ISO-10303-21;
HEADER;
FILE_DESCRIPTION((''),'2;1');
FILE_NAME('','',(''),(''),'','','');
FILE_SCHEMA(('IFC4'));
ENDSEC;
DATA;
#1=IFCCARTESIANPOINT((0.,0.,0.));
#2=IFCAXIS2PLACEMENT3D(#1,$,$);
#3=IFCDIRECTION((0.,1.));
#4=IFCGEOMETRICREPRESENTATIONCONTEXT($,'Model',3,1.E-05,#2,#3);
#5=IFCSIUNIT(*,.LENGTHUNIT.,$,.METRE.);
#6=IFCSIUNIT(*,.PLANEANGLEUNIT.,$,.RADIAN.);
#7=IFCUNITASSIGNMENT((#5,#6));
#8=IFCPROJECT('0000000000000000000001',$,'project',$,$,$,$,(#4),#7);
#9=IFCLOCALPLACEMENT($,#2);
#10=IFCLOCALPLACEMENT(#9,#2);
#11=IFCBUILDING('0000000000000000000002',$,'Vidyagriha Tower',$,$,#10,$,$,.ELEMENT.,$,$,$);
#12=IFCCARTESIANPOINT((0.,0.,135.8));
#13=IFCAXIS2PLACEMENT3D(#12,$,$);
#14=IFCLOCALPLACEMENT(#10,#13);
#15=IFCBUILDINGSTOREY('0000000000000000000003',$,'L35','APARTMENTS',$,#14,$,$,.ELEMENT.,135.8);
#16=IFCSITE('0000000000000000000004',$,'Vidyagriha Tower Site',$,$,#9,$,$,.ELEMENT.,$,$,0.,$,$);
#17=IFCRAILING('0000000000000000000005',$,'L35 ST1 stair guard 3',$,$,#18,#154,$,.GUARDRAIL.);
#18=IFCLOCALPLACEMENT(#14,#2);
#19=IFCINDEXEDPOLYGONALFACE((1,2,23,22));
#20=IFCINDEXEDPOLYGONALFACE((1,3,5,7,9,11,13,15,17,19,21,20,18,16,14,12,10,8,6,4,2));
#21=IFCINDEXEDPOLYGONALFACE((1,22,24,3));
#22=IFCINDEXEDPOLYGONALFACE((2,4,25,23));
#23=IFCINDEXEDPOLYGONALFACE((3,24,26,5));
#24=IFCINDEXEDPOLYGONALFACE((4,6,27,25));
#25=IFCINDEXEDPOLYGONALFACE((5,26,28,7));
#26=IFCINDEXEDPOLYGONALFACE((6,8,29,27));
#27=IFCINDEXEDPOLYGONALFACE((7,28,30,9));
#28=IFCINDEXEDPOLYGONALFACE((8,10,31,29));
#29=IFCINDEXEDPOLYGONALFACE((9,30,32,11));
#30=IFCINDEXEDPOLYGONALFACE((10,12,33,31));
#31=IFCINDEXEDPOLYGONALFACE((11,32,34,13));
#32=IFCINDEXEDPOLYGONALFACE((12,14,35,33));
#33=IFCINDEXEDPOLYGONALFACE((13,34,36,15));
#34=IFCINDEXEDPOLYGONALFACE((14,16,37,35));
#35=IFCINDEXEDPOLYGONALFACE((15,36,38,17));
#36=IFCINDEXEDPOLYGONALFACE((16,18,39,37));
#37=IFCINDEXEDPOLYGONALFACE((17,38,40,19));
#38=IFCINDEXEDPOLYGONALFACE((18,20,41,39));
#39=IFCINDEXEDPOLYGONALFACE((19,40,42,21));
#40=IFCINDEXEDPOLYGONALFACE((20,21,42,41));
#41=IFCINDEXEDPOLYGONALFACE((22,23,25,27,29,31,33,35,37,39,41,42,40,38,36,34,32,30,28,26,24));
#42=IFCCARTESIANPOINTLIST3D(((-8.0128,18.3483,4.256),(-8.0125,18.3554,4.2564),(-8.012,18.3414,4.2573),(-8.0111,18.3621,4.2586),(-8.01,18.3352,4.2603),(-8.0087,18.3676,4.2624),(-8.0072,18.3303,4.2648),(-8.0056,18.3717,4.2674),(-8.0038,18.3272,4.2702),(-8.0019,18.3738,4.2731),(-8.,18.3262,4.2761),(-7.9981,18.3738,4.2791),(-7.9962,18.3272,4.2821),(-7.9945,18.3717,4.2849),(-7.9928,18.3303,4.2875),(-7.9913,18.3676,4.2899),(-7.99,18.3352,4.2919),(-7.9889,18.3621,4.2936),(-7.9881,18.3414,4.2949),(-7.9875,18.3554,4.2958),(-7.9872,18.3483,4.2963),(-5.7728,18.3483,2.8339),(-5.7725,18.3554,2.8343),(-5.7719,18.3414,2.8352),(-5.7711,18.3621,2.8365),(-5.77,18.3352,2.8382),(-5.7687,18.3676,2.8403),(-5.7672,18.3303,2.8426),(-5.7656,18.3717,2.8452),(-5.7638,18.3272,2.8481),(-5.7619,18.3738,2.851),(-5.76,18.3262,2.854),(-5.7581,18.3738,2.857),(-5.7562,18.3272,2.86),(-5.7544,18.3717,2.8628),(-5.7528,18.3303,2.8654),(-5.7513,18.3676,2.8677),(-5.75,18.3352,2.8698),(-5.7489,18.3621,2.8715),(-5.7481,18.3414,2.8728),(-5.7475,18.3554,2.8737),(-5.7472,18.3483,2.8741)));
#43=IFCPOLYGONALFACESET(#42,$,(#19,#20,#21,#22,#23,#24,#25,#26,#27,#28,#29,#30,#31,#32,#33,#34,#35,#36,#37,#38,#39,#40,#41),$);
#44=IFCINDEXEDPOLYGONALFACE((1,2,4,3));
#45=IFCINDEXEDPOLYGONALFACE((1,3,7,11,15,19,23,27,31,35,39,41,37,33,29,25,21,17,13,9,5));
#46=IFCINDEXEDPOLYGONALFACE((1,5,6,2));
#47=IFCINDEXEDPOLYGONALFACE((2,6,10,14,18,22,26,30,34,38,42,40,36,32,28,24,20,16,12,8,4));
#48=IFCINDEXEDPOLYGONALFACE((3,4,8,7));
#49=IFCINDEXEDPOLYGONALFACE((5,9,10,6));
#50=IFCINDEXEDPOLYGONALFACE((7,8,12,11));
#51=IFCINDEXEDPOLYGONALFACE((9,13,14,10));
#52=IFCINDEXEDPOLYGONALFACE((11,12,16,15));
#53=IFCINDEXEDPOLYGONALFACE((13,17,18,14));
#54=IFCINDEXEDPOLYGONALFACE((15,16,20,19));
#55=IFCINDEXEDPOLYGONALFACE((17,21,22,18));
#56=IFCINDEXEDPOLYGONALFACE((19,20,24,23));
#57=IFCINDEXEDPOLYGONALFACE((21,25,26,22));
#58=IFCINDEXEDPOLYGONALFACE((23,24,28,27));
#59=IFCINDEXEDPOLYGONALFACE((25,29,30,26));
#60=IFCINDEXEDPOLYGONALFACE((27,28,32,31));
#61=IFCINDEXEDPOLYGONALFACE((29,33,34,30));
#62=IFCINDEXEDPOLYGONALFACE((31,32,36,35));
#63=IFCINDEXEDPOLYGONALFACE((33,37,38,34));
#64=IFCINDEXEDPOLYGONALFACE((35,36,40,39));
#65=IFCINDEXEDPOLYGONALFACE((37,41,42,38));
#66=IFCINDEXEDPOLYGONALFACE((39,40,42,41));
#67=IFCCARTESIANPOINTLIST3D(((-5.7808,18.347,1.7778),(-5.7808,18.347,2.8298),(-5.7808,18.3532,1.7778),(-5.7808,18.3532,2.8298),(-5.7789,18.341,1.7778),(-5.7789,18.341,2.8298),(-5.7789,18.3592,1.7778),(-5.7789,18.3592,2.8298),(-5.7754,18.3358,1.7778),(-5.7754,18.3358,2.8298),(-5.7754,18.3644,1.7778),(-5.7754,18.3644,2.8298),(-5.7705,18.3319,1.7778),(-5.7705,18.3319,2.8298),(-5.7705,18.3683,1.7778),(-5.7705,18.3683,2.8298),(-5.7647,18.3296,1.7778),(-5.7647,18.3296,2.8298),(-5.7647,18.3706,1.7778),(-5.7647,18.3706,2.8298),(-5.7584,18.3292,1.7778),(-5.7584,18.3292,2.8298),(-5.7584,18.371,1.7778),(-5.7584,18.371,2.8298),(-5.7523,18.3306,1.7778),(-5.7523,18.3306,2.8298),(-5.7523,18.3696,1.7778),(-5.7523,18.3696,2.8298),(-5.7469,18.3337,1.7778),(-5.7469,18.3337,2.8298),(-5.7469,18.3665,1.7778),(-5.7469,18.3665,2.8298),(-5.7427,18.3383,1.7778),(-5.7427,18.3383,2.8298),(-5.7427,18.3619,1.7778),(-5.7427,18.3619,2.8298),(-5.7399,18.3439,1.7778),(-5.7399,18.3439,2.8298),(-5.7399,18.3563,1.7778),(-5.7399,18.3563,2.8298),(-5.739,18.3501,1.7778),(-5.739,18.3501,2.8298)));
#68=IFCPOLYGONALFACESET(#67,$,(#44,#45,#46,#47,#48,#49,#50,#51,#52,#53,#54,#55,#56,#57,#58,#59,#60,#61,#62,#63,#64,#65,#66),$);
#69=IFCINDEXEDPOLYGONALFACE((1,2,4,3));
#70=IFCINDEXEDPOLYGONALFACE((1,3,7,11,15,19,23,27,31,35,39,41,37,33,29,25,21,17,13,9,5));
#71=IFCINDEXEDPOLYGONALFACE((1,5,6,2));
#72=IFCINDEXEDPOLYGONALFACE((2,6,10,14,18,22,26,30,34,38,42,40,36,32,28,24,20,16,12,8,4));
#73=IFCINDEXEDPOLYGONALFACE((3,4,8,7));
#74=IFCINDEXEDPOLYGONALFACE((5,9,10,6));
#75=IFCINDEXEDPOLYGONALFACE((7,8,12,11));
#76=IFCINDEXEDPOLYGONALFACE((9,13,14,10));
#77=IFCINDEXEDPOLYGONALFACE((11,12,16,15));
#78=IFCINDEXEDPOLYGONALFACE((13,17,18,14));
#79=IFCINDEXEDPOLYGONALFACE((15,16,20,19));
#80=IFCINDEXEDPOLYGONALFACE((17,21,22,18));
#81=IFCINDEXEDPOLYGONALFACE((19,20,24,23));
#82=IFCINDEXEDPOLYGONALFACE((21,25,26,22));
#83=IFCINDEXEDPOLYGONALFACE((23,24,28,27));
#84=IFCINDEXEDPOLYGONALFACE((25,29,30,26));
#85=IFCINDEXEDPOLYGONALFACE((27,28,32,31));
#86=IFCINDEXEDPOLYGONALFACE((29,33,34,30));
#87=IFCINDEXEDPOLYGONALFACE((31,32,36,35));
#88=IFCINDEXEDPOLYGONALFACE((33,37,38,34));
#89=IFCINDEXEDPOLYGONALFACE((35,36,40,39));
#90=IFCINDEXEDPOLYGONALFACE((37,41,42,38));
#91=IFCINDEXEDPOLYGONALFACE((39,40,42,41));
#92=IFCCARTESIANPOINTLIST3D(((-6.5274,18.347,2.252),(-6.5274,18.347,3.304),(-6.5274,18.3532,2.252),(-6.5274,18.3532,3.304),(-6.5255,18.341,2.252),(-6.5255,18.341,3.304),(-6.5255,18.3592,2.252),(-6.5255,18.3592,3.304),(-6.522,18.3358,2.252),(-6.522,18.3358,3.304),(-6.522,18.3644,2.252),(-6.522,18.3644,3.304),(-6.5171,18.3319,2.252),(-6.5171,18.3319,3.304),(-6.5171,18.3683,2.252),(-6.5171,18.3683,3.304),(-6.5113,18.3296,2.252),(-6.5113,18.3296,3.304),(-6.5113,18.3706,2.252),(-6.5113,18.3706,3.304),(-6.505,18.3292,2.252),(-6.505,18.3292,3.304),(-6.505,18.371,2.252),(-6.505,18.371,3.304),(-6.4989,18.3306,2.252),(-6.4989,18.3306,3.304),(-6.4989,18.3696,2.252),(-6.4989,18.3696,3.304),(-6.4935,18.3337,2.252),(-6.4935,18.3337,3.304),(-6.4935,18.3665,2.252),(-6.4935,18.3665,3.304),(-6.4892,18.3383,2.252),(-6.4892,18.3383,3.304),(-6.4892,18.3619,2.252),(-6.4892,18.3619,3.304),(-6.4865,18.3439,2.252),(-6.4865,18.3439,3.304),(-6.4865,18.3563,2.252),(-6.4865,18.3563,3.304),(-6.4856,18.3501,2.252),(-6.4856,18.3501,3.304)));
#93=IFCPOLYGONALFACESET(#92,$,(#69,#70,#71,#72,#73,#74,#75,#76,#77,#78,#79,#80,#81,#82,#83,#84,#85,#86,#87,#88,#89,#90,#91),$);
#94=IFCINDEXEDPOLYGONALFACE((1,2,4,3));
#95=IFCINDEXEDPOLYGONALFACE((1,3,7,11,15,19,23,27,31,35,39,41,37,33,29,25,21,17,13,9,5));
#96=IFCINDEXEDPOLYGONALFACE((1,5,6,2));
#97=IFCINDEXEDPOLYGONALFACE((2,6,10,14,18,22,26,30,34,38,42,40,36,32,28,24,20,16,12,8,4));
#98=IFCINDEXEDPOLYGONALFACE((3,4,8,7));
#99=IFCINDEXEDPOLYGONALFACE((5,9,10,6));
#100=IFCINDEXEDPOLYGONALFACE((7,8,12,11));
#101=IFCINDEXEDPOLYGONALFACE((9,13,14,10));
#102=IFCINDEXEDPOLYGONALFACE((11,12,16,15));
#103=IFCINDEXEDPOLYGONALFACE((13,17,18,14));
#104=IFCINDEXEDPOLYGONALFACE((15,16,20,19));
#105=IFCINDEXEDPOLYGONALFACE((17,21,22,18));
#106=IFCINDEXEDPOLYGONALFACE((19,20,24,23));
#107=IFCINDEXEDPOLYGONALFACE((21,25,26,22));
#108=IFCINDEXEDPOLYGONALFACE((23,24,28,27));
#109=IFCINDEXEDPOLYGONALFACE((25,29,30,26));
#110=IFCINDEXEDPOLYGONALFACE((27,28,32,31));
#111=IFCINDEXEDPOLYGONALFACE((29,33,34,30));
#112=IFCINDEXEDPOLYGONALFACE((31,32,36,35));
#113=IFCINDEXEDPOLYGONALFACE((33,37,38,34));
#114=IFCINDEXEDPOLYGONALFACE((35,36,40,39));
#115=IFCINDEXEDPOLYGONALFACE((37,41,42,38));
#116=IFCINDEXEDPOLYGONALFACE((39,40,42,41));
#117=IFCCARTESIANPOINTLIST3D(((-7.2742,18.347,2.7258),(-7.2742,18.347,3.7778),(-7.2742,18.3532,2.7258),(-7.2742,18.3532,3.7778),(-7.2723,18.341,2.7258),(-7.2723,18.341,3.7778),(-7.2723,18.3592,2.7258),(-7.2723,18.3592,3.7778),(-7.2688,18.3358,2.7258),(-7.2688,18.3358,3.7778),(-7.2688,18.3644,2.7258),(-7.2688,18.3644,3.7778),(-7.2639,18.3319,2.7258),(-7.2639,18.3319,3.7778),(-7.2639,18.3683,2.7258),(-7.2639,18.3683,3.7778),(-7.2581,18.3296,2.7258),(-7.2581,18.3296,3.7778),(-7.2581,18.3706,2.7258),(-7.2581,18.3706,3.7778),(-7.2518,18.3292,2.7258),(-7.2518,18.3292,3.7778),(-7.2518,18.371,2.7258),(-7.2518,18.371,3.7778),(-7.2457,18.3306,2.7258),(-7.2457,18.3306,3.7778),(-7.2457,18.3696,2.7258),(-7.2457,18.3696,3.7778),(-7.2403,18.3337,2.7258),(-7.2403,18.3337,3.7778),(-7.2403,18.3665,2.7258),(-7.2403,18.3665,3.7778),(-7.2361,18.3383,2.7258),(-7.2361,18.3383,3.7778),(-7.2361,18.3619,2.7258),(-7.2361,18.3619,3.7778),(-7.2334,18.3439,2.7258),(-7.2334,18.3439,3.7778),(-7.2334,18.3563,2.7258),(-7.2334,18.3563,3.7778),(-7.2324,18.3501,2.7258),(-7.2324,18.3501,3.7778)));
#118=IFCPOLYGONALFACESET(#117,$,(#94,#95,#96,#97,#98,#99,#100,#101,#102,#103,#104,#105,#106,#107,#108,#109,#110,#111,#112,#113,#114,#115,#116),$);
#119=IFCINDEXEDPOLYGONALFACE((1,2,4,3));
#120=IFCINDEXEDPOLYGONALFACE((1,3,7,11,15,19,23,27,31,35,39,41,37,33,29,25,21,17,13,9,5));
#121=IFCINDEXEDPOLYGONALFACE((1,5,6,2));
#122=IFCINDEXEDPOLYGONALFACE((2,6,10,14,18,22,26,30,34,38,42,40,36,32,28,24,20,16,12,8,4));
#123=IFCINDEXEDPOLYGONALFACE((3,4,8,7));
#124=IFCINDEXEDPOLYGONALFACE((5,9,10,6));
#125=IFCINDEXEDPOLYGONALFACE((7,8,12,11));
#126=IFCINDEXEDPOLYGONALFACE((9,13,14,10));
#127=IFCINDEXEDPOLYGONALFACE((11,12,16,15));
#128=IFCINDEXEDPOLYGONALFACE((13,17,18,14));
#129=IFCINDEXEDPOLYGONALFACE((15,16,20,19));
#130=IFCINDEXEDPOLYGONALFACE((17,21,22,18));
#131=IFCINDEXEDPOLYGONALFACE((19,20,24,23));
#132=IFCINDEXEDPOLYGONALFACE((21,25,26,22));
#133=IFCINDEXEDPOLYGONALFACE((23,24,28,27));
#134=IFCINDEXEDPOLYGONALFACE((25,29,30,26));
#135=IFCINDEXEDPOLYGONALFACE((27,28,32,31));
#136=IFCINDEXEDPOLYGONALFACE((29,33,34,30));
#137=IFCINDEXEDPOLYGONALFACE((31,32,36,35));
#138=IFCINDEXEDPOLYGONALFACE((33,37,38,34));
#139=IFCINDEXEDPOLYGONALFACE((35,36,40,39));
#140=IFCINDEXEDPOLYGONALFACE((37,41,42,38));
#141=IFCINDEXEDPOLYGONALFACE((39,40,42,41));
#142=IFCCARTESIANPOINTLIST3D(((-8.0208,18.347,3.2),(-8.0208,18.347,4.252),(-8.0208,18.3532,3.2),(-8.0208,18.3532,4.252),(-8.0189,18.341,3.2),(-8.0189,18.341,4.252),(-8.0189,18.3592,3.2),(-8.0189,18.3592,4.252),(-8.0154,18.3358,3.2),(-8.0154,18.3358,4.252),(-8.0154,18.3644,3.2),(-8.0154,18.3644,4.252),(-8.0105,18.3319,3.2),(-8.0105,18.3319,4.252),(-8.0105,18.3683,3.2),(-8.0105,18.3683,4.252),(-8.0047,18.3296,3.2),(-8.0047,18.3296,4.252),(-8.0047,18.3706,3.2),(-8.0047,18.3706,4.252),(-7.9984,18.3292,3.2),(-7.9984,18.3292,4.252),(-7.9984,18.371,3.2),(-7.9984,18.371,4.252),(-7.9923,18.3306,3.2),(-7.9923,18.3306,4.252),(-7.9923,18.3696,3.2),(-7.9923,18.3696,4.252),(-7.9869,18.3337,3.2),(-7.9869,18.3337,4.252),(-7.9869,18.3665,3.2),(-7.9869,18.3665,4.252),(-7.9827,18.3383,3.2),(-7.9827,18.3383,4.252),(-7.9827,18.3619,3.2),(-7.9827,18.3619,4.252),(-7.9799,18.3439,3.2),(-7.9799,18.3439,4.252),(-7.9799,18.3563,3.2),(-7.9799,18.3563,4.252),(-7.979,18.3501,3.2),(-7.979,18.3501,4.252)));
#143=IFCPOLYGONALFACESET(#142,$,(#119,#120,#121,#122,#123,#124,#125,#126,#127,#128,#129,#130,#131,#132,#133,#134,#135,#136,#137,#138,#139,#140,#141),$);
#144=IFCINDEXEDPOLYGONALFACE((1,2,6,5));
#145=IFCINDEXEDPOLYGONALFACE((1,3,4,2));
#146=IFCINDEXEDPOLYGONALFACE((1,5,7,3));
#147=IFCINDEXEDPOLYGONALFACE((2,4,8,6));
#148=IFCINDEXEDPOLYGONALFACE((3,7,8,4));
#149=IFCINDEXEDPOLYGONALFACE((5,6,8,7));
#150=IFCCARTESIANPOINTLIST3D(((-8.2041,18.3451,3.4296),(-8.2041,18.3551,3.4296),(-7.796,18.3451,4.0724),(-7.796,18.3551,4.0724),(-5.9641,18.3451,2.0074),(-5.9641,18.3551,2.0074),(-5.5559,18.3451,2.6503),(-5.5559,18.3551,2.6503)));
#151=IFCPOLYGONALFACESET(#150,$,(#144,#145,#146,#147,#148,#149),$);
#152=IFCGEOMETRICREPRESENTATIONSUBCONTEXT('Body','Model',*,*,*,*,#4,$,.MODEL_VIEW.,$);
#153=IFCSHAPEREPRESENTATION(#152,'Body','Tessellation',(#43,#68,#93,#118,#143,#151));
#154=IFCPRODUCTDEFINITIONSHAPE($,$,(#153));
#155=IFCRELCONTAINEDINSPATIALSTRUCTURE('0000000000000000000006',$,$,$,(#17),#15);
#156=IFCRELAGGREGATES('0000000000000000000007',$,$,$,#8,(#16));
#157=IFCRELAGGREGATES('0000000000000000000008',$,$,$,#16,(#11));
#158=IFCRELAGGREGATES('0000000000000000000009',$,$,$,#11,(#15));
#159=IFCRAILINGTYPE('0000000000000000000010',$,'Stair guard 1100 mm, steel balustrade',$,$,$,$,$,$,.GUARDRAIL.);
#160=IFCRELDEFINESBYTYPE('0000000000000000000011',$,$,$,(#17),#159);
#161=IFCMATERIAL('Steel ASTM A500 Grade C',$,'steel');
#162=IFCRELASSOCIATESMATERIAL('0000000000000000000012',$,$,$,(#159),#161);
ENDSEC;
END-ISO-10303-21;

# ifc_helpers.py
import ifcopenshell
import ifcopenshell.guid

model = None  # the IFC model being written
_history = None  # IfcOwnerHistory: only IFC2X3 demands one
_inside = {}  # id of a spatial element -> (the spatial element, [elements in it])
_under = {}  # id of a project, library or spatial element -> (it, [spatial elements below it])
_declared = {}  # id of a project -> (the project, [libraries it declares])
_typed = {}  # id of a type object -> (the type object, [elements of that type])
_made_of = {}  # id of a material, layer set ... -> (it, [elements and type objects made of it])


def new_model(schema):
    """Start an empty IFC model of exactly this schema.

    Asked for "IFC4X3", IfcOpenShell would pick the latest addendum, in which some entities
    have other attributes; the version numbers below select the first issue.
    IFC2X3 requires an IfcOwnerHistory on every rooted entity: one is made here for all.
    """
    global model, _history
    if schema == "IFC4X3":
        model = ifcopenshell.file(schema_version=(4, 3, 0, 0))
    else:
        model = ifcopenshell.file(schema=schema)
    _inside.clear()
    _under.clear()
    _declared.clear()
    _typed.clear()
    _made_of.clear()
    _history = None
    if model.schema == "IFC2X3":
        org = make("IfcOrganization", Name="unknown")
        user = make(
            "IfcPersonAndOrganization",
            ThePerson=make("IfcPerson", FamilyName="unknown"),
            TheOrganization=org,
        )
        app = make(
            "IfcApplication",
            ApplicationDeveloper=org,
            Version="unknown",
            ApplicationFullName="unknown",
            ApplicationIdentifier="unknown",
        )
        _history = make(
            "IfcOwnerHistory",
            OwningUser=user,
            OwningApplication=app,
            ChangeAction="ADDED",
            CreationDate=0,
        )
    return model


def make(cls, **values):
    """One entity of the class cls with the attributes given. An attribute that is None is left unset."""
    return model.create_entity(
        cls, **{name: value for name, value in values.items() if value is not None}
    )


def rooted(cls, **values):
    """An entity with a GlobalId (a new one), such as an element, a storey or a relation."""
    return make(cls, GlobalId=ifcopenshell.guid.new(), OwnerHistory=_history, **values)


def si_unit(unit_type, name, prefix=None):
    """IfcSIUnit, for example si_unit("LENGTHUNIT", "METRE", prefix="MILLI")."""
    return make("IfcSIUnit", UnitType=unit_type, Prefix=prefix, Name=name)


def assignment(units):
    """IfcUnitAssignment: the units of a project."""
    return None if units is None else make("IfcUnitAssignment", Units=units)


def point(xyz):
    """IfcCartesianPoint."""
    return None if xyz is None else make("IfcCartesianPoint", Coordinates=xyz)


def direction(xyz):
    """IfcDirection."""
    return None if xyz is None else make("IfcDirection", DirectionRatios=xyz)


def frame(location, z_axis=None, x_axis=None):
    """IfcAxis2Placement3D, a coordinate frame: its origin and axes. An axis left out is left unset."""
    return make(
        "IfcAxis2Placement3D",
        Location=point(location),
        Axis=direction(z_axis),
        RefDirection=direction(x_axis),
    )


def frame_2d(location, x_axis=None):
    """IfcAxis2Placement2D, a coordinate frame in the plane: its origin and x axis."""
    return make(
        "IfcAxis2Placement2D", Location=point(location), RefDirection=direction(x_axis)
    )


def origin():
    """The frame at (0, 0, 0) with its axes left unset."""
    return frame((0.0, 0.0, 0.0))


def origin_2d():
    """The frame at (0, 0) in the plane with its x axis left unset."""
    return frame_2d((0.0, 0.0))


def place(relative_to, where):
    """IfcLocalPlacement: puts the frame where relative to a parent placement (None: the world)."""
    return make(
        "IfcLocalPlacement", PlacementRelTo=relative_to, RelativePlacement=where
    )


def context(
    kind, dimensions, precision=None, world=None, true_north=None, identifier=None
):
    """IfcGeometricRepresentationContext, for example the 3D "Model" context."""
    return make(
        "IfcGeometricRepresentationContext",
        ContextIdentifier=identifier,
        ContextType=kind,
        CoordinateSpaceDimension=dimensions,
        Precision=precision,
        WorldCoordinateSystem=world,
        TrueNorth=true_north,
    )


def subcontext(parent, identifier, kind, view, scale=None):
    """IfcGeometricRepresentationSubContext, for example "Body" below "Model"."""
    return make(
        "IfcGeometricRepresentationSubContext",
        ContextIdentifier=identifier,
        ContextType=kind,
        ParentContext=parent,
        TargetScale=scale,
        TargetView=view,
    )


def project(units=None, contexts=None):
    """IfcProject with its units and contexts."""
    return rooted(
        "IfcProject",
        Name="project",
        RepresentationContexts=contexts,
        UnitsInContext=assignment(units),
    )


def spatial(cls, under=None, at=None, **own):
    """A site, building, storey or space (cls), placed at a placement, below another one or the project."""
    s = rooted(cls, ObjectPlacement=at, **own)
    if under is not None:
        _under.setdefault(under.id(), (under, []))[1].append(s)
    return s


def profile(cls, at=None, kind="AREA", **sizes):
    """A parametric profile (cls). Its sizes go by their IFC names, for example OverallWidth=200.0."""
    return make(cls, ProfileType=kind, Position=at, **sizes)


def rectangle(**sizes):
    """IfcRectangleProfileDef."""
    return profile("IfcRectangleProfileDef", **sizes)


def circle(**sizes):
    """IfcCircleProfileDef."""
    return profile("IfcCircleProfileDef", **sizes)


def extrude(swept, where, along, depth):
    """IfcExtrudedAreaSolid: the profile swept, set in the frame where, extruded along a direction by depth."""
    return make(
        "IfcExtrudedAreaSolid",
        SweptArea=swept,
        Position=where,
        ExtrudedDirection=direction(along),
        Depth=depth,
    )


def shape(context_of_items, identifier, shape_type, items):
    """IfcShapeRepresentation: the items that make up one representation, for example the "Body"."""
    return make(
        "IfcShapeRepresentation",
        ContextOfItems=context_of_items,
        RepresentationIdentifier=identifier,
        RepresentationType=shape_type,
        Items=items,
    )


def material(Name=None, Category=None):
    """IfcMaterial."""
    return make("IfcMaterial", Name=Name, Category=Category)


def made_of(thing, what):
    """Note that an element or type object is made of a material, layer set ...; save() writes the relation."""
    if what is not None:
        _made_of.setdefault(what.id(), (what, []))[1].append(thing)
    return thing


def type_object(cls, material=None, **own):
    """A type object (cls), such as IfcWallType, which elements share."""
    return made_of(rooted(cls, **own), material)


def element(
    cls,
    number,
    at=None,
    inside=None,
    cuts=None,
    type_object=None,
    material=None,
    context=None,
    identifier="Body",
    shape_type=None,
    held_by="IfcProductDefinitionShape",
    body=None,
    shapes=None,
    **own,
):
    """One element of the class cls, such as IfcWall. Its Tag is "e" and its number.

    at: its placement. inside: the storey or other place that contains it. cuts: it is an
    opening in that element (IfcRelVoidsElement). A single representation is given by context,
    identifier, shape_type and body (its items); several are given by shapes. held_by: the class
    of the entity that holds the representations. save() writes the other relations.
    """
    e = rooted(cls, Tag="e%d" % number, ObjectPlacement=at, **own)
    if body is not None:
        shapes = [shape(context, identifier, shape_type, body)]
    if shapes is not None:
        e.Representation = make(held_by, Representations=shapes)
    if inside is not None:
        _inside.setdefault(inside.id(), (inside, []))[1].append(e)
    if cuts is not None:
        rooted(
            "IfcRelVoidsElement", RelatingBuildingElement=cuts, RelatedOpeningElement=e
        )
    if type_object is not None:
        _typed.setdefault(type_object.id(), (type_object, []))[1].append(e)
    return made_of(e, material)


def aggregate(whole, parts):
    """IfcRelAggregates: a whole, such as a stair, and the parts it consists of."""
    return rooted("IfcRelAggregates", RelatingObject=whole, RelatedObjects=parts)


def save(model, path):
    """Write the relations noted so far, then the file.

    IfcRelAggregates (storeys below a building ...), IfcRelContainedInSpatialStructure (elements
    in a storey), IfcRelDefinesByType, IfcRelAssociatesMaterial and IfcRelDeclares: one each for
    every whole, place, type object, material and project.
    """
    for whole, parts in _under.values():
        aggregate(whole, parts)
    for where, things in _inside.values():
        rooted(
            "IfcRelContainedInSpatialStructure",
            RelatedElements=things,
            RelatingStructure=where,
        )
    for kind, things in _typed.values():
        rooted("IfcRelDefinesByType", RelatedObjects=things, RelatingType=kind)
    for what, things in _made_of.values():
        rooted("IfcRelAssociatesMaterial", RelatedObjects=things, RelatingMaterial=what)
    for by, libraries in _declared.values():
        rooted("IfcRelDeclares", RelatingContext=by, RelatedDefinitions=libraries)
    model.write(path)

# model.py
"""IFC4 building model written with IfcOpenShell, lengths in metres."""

from ifc_helpers import new_model, si_unit, direction, frame, origin, origin_2d, place, context, subcontext, project, spatial, rectangle, circle, extrude, material, type_object, element, save


model = new_model("IFC4")

# Units and contexts
model_context = context("Model", 3, precision=1e-05, world=origin(), true_north=direction((0.0, 1.0)))
body_context = subcontext(model_context, "Body", "Model", "MODEL_VIEW")
ifc_project = project(units=[si_unit("LENGTHUNIT", "METRE"), si_unit("PLANEANGLEUNIT", "RADIAN")], contexts=[model_context])

# Site, building, storey
site_placement = place(None, origin())
site = spatial("IfcSite", under=ifc_project, at=site_placement, Name="Vidyagriha Tower Site", CompositionType="ELEMENT", RefElevation=0.0)
building_placement = place(site_placement, origin())
building = spatial("IfcBuilding", under=site, at=building_placement, Name="Vidyagriha Tower", CompositionType="ELEMENT")
storey_placement = place(building_placement, frame((0.0, 0.0, 135.8)))
storey = spatial("IfcBuildingStorey", under=building, at=storey_placement, Name="L35", Description="APARTMENTS", CompositionType="ELEMENT", Elevation=135.8)

# Railing
ifc_material_1 = material(Name="Steel ASTM A500 Grade C", Category="steel")
railing_type_1 = type_object("IfcRailingType", Name="Stair guard 1100 mm, steel balustrade", PredefinedType="GUARDRAIL", material=ifc_material_1)
railing_1_placement = place(storey_placement, frame((-5.76, 18.3501, 1.7778)))
element("IfcRailing", 1, at=railing_1_placement, inside=storey, type_object=railing_type_1, Name="L35 ST1 stair guard 3", PredefinedType="GUARDRAIL", context=body_context, shape_type="SweptSolid", body=[
    extrude(circle(Radius=0.0239, at=origin_2d()), frame((0.0, 0.0, 1.0762), z_axis=(-0.844229, 0.0, 0.535982), x_axis=(0.0, -1.0, 0.0)), (0.0, 0.0, 1.0), 2.6533),
    extrude(circle(Radius=0.021, at=origin_2d()), origin(), (0.0, 0.0, 1.0), 1.052),
    extrude(circle(Radius=0.021, at=origin_2d()), frame((-0.7466, 0.0, 0.4741)), (0.0, 0.0, 1.0), 1.052),
    extrude(circle(Radius=0.021, at=origin_2d()), frame((-1.4934, 0.0, 0.948)), (0.0, 0.0, 1.0), 1.052),
    extrude(circle(Radius=0.021, at=origin_2d()), frame((-2.24, 0.0, 1.4221)), (0.0, 0.0, 1.0), 1.052),
    extrude(rectangle(XDim=0.01, YDim=0.7615, at=origin_2d()), frame((0.0, 0.0, 0.551), z_axis=(-0.844229, 0.0, 0.535982), x_axis=(0.0, -1.0, 0.0)), (0.0, 0.0, 1.0), 2.6533),
])

save(model, "model.ifc")
